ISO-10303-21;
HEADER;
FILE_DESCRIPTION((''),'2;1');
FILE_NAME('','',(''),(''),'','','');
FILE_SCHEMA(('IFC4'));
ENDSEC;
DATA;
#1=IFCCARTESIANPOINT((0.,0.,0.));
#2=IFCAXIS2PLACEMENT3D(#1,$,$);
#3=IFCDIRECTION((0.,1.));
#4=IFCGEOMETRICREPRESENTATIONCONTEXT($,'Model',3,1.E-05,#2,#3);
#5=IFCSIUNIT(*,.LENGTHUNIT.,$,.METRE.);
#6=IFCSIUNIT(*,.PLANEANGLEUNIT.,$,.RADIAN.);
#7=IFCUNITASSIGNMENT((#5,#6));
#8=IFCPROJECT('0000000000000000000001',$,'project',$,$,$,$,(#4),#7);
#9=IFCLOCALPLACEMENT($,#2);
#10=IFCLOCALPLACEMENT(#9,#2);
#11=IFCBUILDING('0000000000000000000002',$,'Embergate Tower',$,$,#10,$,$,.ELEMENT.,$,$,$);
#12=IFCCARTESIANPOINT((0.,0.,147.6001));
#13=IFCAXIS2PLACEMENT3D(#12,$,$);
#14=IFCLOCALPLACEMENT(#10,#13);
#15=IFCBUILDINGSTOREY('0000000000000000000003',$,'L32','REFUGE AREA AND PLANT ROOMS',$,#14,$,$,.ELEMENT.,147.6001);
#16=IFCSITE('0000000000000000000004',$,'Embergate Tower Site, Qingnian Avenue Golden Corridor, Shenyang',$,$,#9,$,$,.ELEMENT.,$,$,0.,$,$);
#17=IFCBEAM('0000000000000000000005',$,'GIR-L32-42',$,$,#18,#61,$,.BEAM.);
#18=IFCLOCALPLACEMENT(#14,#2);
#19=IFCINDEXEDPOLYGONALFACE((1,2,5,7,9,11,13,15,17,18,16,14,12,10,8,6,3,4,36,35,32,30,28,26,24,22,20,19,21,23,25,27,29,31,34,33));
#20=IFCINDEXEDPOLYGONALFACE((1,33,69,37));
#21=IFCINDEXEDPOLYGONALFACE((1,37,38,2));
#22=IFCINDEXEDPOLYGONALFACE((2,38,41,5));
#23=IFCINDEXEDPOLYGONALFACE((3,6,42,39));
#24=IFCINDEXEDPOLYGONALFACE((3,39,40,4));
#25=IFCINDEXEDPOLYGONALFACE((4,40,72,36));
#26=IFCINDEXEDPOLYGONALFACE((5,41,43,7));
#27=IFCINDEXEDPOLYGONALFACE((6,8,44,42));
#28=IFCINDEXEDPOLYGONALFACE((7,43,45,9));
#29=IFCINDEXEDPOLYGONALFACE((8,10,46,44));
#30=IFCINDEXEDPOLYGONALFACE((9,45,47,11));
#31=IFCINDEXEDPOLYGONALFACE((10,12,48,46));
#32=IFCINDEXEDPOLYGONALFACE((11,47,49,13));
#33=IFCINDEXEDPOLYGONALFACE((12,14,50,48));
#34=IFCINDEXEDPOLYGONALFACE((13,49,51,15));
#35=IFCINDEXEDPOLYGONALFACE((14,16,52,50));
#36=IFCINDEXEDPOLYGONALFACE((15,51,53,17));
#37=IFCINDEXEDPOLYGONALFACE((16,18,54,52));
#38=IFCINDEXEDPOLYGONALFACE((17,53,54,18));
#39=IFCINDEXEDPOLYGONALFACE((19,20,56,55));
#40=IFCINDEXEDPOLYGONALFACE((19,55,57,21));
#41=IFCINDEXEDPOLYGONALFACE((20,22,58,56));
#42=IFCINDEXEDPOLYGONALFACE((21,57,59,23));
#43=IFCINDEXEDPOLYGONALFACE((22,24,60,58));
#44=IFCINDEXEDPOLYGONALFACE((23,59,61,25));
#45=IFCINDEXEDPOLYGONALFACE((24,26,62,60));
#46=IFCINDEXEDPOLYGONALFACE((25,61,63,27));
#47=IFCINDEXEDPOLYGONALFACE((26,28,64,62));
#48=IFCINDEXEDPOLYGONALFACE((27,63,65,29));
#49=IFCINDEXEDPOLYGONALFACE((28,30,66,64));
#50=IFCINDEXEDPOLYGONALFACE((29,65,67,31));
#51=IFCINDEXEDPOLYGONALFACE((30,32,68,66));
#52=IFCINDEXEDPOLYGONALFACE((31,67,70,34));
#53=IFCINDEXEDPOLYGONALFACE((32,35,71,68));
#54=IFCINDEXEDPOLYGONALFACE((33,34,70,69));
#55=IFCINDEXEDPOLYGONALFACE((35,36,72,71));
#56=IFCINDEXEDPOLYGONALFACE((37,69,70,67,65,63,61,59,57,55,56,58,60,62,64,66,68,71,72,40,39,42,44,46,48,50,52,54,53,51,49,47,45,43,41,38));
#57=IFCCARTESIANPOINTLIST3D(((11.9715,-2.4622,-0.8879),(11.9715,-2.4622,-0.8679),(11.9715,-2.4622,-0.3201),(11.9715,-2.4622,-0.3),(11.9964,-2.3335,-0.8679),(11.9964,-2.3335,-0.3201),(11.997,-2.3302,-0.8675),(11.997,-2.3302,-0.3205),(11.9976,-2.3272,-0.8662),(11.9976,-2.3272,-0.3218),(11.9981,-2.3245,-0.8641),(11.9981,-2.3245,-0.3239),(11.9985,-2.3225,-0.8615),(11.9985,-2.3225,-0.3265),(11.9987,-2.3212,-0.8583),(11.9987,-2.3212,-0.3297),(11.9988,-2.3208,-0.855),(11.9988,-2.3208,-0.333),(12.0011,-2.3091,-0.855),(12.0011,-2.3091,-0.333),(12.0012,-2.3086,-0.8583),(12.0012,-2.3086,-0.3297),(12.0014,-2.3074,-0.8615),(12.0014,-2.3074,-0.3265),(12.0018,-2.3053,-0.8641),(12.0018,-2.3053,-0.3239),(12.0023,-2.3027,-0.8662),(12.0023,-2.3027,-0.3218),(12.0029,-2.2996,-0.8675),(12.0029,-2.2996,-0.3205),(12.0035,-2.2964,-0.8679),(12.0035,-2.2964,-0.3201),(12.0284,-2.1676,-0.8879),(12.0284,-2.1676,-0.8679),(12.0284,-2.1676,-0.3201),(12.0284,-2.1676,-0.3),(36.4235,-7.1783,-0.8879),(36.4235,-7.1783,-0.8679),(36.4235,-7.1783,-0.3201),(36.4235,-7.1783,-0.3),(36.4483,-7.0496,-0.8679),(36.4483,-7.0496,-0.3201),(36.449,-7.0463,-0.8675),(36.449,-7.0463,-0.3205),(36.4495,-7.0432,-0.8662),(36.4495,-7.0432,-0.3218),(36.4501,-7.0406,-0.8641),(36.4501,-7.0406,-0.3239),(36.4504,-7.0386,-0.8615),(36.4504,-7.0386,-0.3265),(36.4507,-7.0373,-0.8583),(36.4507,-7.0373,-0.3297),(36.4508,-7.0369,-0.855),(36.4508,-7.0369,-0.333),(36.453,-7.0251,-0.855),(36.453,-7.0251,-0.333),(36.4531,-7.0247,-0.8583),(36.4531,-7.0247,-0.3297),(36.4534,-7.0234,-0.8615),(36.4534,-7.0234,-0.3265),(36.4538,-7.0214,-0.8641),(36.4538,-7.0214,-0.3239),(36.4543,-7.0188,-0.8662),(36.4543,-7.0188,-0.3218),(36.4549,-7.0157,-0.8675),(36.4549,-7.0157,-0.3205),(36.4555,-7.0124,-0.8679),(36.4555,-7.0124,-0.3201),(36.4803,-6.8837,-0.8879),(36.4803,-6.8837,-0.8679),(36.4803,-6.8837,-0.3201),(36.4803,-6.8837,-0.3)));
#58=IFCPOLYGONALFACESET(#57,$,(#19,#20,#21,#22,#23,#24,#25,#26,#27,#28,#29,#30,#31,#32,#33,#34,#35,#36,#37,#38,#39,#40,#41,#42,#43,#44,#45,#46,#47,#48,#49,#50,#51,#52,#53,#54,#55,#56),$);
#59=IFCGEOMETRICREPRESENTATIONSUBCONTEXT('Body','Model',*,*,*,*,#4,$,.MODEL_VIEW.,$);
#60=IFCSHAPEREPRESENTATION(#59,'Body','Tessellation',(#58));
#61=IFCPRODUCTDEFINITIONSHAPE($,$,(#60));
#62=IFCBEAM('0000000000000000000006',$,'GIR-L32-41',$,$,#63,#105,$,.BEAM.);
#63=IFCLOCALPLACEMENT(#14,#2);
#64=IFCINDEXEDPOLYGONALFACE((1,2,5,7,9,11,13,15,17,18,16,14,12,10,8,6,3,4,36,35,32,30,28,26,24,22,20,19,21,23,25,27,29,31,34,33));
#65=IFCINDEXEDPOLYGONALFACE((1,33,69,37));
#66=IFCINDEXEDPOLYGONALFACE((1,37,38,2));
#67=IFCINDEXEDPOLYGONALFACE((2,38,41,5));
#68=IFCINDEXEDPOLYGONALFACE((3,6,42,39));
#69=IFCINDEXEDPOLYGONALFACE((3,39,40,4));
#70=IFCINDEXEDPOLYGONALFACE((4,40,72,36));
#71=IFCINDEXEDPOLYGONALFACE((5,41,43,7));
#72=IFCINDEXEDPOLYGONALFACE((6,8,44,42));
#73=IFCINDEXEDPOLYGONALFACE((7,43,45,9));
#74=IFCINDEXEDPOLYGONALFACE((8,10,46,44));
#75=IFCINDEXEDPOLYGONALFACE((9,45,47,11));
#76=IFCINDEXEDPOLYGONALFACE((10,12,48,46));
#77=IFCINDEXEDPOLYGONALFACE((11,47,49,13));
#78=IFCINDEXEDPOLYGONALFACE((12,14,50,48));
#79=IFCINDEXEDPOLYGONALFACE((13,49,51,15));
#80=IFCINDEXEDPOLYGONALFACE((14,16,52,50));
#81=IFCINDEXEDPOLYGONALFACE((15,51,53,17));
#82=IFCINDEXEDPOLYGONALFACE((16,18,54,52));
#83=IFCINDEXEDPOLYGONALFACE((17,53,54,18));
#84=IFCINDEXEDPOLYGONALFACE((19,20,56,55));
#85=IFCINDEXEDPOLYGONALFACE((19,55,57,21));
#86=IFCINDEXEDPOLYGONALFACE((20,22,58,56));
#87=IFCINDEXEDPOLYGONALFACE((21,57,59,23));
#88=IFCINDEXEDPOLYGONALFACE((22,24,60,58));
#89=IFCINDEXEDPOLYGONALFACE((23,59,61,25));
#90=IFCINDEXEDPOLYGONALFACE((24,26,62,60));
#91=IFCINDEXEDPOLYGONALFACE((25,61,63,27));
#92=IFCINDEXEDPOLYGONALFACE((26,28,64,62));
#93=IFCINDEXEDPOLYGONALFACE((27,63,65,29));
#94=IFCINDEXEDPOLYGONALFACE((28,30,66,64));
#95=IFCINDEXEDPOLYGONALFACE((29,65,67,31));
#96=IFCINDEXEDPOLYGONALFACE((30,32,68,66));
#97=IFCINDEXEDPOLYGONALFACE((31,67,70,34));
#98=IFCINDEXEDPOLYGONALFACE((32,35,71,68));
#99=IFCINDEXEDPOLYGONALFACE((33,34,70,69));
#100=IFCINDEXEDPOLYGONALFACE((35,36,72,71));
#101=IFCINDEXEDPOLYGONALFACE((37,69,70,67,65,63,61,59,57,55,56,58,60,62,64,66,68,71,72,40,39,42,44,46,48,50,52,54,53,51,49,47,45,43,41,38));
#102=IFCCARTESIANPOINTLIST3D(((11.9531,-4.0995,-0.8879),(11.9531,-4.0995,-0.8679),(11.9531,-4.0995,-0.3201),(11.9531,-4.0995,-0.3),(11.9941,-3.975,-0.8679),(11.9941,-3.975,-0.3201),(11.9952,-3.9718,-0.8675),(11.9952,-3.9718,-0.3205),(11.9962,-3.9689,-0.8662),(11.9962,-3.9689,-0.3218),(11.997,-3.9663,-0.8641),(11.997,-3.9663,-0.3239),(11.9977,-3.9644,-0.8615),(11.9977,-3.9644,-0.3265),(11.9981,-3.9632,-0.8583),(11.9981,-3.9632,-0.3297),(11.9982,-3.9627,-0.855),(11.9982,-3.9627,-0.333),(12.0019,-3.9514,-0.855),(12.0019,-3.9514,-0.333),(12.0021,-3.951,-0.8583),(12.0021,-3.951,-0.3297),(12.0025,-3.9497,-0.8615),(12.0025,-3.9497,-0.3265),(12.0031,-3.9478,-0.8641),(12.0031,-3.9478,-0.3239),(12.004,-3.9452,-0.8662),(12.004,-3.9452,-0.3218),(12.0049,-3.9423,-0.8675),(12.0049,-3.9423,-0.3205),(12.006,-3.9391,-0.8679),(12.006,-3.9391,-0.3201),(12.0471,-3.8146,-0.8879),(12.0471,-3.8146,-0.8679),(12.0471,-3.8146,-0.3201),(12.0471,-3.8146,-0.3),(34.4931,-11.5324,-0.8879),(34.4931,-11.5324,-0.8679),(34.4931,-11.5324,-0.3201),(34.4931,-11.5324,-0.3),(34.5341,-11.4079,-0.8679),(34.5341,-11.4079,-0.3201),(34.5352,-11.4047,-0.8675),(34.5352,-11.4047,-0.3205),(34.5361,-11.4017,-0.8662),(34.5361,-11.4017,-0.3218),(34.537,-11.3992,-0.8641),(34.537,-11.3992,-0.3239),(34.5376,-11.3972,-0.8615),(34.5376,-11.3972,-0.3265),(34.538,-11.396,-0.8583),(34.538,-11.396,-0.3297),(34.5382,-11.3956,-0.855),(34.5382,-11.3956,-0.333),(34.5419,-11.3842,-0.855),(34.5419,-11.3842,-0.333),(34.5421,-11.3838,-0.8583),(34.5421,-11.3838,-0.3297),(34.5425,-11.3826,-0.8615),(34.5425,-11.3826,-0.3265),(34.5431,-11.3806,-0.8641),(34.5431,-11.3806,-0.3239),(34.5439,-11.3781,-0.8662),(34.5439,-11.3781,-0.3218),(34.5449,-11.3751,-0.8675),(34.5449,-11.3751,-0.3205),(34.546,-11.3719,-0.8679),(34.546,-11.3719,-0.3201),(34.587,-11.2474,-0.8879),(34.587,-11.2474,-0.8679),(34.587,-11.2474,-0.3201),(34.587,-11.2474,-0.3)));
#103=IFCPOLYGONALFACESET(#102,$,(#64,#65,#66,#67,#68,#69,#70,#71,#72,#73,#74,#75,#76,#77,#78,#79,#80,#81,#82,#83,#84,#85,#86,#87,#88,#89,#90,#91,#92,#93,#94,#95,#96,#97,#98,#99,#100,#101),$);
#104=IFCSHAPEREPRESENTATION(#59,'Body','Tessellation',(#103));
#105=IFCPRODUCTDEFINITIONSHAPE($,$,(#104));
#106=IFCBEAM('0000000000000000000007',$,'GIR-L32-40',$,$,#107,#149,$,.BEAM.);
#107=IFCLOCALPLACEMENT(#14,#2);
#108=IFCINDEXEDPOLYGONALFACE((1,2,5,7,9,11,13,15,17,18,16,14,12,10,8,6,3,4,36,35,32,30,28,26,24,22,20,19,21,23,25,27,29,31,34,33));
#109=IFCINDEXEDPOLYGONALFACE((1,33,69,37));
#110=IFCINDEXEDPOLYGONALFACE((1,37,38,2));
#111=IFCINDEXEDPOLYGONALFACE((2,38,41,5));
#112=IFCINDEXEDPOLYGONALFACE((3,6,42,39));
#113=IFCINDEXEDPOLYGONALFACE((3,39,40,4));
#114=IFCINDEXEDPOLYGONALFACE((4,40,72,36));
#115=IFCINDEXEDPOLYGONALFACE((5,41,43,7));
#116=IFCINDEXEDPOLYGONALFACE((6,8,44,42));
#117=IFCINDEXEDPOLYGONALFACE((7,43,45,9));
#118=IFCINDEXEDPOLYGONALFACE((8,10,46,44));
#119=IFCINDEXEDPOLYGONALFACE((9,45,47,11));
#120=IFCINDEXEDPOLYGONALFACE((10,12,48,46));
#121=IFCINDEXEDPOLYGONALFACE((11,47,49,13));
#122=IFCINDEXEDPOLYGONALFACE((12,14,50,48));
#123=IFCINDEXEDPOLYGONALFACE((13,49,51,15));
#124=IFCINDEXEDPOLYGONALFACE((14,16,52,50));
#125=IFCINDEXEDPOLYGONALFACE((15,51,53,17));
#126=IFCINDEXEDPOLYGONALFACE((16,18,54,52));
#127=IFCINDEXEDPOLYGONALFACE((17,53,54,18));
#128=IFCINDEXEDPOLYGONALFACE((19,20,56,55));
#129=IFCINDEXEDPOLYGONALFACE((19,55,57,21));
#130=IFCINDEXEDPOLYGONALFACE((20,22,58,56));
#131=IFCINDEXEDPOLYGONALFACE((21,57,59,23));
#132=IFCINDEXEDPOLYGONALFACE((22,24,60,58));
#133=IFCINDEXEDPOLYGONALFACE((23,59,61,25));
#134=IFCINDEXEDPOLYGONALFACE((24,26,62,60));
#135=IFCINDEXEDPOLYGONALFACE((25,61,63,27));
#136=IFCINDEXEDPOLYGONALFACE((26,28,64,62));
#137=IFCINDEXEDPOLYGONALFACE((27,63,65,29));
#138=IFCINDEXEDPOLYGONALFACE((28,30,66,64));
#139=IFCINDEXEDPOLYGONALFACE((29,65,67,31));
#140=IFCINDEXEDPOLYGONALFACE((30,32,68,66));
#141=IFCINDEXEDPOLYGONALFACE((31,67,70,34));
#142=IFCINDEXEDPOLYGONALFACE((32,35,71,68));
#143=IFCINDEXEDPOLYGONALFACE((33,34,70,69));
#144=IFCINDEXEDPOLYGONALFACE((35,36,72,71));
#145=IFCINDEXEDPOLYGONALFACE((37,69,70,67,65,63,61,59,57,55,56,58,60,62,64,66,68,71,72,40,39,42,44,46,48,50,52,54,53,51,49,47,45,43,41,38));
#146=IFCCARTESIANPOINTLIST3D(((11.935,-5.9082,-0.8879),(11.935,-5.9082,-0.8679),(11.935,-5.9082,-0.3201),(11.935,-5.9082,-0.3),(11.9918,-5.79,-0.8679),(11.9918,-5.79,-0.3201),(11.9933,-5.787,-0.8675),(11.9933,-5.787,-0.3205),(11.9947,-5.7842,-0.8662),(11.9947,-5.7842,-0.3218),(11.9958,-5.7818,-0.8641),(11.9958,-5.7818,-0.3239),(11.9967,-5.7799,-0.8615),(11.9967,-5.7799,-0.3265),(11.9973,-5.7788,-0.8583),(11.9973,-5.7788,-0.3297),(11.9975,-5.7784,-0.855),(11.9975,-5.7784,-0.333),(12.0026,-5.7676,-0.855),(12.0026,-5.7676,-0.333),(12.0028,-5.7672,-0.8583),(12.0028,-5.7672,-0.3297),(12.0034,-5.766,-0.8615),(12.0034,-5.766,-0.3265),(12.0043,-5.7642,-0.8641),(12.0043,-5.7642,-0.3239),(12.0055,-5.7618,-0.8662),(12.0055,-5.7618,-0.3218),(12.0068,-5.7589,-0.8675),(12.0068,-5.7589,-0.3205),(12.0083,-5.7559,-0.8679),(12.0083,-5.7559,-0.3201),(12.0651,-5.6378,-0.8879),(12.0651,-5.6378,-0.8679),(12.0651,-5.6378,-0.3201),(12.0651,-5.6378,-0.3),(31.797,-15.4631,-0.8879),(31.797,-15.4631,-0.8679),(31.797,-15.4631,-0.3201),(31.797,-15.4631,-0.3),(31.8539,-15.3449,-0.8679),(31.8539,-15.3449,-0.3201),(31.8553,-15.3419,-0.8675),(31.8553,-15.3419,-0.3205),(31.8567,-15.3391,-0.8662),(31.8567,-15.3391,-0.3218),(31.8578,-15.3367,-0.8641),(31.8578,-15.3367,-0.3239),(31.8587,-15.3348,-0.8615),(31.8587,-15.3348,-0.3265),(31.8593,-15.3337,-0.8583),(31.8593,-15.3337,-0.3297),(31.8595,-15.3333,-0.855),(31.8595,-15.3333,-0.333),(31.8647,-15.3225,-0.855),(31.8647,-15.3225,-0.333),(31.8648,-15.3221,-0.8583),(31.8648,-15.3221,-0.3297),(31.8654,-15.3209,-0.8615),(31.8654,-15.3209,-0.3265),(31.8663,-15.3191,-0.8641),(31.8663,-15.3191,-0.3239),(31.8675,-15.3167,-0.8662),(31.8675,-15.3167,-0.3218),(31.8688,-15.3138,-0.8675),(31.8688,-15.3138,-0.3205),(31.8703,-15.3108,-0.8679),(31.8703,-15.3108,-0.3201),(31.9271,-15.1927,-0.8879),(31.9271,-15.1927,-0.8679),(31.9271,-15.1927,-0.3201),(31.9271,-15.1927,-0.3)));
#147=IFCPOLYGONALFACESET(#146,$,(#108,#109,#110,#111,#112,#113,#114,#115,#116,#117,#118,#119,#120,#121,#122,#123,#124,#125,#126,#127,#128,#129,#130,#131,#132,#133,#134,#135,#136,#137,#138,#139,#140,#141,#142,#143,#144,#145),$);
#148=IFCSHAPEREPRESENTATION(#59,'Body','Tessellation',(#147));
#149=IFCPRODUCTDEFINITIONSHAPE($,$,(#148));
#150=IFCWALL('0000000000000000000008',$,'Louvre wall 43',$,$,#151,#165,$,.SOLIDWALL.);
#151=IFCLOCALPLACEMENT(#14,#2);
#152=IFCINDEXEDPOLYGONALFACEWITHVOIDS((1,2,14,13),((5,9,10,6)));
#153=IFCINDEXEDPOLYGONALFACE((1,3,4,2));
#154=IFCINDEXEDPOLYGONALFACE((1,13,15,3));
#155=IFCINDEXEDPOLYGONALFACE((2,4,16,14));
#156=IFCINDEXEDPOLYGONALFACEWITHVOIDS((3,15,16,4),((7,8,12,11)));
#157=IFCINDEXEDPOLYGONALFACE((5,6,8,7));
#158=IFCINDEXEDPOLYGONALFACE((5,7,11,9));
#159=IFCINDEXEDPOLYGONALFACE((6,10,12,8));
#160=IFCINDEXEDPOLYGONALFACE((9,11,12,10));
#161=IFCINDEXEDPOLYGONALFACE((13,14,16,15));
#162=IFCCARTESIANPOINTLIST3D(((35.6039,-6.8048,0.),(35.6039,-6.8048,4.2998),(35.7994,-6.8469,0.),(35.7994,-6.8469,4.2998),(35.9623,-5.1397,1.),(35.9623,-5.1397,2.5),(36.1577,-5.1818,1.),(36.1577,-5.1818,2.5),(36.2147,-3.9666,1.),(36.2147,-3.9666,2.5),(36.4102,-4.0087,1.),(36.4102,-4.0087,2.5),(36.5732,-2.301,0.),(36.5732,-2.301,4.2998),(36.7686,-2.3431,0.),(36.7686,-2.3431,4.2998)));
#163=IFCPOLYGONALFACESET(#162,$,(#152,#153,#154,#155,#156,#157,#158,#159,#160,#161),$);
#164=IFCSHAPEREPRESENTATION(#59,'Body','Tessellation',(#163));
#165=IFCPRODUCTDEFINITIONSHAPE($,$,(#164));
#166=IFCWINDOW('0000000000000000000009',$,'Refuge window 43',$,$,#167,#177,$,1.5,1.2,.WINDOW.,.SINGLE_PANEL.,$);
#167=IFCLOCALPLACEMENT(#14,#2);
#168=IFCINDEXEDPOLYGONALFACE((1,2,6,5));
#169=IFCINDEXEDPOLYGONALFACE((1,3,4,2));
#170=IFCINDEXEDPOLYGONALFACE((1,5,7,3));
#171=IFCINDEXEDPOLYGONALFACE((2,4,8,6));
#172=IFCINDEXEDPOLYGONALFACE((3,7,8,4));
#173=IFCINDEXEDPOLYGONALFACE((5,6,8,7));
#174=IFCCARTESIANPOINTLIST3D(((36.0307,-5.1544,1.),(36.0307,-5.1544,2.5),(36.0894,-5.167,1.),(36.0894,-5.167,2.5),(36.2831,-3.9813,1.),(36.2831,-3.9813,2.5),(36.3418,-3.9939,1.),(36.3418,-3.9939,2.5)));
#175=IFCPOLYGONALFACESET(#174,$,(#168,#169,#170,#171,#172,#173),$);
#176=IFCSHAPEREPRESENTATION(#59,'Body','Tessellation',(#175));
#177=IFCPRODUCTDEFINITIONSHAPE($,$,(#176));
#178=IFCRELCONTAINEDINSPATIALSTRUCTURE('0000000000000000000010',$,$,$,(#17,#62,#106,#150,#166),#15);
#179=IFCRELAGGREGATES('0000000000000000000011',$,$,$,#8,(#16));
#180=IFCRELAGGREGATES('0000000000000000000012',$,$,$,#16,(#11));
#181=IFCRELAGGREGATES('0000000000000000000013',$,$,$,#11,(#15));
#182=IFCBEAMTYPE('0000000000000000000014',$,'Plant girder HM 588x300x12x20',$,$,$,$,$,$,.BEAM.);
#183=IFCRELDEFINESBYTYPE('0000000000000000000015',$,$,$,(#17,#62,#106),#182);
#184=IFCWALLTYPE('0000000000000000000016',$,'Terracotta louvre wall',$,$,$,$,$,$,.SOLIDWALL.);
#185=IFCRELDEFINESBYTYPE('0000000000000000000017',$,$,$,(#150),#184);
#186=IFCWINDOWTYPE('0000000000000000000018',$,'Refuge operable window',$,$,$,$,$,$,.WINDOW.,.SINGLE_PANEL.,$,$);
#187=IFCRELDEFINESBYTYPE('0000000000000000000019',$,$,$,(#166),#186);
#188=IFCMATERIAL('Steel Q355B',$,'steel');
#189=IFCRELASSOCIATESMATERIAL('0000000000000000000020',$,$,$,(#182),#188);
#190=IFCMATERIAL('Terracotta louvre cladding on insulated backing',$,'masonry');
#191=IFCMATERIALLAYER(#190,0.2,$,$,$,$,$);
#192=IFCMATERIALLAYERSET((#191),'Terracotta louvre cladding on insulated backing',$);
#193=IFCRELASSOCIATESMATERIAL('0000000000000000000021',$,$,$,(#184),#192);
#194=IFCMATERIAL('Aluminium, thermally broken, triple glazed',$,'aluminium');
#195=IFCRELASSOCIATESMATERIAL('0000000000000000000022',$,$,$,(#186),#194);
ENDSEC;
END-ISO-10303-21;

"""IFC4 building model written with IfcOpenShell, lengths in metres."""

from ifc_helpers import new_model, si_unit, direction, frame, frame_2d, origin, origin_2d, place, context, subcontext, project, spatial, rectangle, i_section, extrude, source, transform, mapped, material, layer, layer_set, material_profile, profile_set, type_object, element, fill, save


model = new_model("IFC4")

# Units and contexts
model_context = context("Model", 3, precision=1e-05, world=origin(), true_north=direction((0.0, 1.0)))
body_context = subcontext(model_context, "Body", "Model", "MODEL_VIEW")
ifc_project = project(units=[si_unit("LENGTHUNIT", "METRE"), si_unit("PLANEANGLEUNIT", "RADIAN")], contexts=[model_context])

# Site, building, storey
site_placement = place(None, origin())
site = spatial("IfcSite", under=ifc_project, at=site_placement, Name="Embergate Tower Site, Qingnian Avenue Golden Corridor, Shenyang", CompositionType="ELEMENT", RefElevation=0.0)
building_placement = place(site_placement, origin())
building = spatial("IfcBuilding", under=site, at=building_placement, Name="Embergate Tower", CompositionType="ELEMENT")
storey_placement = place(building_placement, frame((0.0, 0.0, 147.6001)))
storey = spatial("IfcBuildingStorey", under=building, at=storey_placement, Name="L32", Description="REFUGE AREA AND PLANT ROOMS", CompositionType="ELEMENT", Elevation=147.6001)

# Beams
ifc_material_1 = material(Name="Steel Q355B", Category="steel")
ifc_material_profile_1 = material_profile(ifc_material_1, i_section(OverallWidth=0.3, OverallDepth=0.5879, WebThickness=0.012, FlangeThickness=0.02, FilletRadius=0.0129, at=origin_2d()), Name="HM 588x300x12x20")
ifc_profile_set_1 = profile_set([ifc_material_profile_1], Name="Steel Q355 grade B")
beam_type_1 = type_object("IfcBeamType", Name="Plant girder HM 588x300x12x20", PredefinedType="BEAM", material=ifc_profile_set_1)
shared_shape_1 = source(origin(), body_context, "Body", "SweptSolid", [
    extrude(i_section(OverallWidth=0.3, OverallDepth=0.5879, WebThickness=0.012, FlangeThickness=0.02, FilletRadius=0.0129, at=origin_2d()), origin(), (0.0, 0.0, 1.0), 24.9026),
])
beam_1_placement = place(storey_placement, frame((36.4519, -7.031, -0.594), z_axis=(-0.981904, 0.189381, 0.0), x_axis=(-0.189381, -0.981904, 0.0)))
element("IfcBeam", 1, at=beam_1_placement, inside=storey, type_object=beam_type_1, Name="GIR-L32-42", PredefinedType="BEAM", context=body_context, shape_type="MappedRepresentation", body=[
    mapped(shared_shape_1, transform((0.0, 0.0, 0.0))),
])
shared_shape_2 = source(origin(), body_context, "Body", "SweptSolid", [
    extrude(i_section(OverallWidth=0.3, OverallDepth=0.5879, WebThickness=0.012, FlangeThickness=0.02, FilletRadius=0.0129, at=origin_2d()), origin(), (0.0, 0.0, 1.0), 23.7339),
])
beam_2_placement = place(storey_placement, frame((34.54, -11.3899, -0.594), z_axis=(-0.949696, 0.313174, 0.0), x_axis=(-0.313174, -0.949696, 0.0)))
element("IfcBeam", 2, at=beam_2_placement, inside=storey, type_object=beam_type_1, Name="GIR-L32-41", PredefinedType="BEAM", context=body_context, shape_type="MappedRepresentation", body=[
    mapped(shared_shape_2, transform((0.0, 0.0, 0.0))),
])
shared_shape_3 = source(origin(), body_context, "Body", "SweptSolid", [
    extrude(i_section(OverallWidth=0.3, OverallDepth=0.5879, WebThickness=0.012, FlangeThickness=0.02, FilletRadius=0.0129, at=origin_2d()), origin(), (0.0, 0.0, 1.0), 22.0408),
])
beam_3_placement = place(storey_placement, frame((31.8621, -15.3279, -0.594), z_axis=(-0.901149, 0.433511, 0.0), x_axis=(-0.433511, -0.901149, 0.0)))
element("IfcBeam", 3, at=beam_3_placement, inside=storey, type_object=beam_type_1, Name="GIR-L32-40", PredefinedType="BEAM", context=body_context, shape_type="MappedRepresentation", body=[
    mapped(shared_shape_3, transform((0.0, 0.0, 0.0))),
])

# Wall, opening, window
ifc_material_2 = material(Name="Terracotta louvre cladding on insulated backing", Category="masonry")
ifc_layer_1 = layer(ifc_material_2, 0.2)
ifc_layer_set_1 = layer_set([ifc_layer_1], Name="Terracotta louvre cladding on insulated backing")
wall_type_1 = type_object("IfcWallType", Name="Terracotta louvre wall", PredefinedType="SOLIDWALL", material=ifc_layer_set_1)
shared_shape_4 = source(origin(), body_context, "Body", "SweptSolid", [
    extrude(rectangle(XDim=4.6069, YDim=0.2, at=frame_2d((2.3035, 0.0))), origin(), (0.0, 0.0, 1.0), 4.2998),
])
wall_1_placement = place(storey_placement, frame((36.6709, -2.322, 0.0), z_axis=(0.0, 0.0, 1.0), x_axis=(-0.210383, -0.977619, 0.0)))
wall_1 = element("IfcWall", 4, at=wall_1_placement, inside=storey, type_object=wall_type_1, Name="Louvre wall 43", PredefinedType="SOLIDWALL", context=body_context, shape_type="MappedRepresentation", body=[
    mapped(shared_shape_4, transform((0.0, 0.0, 0.0))),
])
shared_shape_5 = source(origin(), body_context, "Body", "SweptSolid", [
    extrude(rectangle(XDim=1.2, YDim=1.5, at=frame_2d((0.6001, 0.75))), frame((0.0, 0.1099, 0.0), z_axis=(0.0, -1.0, 0.0), x_axis=(1.0, 0.0, 0.0)), (0.0, 0.0, 1.0), 0.22),
])
opening_1_placement = place(wall_1_placement, frame((1.7036, 0.0, 1.0)))
opening_1 = element("IfcOpeningElement", 5, at=opening_1_placement, cuts=wall_1, PredefinedType="OPENING", context=body_context, shape_type="MappedRepresentation", body=[
    mapped(shared_shape_5, transform((0.0, 0.0, 0.0))),
])
ifc_material_3 = material(Name="Aluminium, thermally broken, triple glazed", Category="aluminium")
window_type = type_object("IfcWindowType", Name="Refuge operable window", PartitioningType="SINGLE_PANEL", PredefinedType="WINDOW", material=ifc_material_3)
shared_shape_6 = source(origin(), body_context, "Body", "SweptSolid", [
    extrude(rectangle(XDim=1.2, YDim=1.5, at=frame_2d((0.6001, 0.75))), frame((0.0, 0.03, 0.0), z_axis=(0.0, -1.0, 0.0), x_axis=(1.0, 0.0, 0.0)), (0.0, 0.0, 1.0), 0.0601),
])
window_1_placement = place(opening_1_placement, origin())
window_1 = element("IfcWindow", 6, at=window_1_placement, inside=storey, type_object=window_type, Name="Refuge window 43", OverallHeight=1.5, OverallWidth=1.2, PartitioningType="SINGLE_PANEL", PredefinedType="WINDOW", context=body_context, shape_type="MappedRepresentation", body=[
    mapped(shared_shape_6, transform((0.0, 0.0, 0.0))),
])
fill(opening_1, window_1)

save(model, "model.ifc")
